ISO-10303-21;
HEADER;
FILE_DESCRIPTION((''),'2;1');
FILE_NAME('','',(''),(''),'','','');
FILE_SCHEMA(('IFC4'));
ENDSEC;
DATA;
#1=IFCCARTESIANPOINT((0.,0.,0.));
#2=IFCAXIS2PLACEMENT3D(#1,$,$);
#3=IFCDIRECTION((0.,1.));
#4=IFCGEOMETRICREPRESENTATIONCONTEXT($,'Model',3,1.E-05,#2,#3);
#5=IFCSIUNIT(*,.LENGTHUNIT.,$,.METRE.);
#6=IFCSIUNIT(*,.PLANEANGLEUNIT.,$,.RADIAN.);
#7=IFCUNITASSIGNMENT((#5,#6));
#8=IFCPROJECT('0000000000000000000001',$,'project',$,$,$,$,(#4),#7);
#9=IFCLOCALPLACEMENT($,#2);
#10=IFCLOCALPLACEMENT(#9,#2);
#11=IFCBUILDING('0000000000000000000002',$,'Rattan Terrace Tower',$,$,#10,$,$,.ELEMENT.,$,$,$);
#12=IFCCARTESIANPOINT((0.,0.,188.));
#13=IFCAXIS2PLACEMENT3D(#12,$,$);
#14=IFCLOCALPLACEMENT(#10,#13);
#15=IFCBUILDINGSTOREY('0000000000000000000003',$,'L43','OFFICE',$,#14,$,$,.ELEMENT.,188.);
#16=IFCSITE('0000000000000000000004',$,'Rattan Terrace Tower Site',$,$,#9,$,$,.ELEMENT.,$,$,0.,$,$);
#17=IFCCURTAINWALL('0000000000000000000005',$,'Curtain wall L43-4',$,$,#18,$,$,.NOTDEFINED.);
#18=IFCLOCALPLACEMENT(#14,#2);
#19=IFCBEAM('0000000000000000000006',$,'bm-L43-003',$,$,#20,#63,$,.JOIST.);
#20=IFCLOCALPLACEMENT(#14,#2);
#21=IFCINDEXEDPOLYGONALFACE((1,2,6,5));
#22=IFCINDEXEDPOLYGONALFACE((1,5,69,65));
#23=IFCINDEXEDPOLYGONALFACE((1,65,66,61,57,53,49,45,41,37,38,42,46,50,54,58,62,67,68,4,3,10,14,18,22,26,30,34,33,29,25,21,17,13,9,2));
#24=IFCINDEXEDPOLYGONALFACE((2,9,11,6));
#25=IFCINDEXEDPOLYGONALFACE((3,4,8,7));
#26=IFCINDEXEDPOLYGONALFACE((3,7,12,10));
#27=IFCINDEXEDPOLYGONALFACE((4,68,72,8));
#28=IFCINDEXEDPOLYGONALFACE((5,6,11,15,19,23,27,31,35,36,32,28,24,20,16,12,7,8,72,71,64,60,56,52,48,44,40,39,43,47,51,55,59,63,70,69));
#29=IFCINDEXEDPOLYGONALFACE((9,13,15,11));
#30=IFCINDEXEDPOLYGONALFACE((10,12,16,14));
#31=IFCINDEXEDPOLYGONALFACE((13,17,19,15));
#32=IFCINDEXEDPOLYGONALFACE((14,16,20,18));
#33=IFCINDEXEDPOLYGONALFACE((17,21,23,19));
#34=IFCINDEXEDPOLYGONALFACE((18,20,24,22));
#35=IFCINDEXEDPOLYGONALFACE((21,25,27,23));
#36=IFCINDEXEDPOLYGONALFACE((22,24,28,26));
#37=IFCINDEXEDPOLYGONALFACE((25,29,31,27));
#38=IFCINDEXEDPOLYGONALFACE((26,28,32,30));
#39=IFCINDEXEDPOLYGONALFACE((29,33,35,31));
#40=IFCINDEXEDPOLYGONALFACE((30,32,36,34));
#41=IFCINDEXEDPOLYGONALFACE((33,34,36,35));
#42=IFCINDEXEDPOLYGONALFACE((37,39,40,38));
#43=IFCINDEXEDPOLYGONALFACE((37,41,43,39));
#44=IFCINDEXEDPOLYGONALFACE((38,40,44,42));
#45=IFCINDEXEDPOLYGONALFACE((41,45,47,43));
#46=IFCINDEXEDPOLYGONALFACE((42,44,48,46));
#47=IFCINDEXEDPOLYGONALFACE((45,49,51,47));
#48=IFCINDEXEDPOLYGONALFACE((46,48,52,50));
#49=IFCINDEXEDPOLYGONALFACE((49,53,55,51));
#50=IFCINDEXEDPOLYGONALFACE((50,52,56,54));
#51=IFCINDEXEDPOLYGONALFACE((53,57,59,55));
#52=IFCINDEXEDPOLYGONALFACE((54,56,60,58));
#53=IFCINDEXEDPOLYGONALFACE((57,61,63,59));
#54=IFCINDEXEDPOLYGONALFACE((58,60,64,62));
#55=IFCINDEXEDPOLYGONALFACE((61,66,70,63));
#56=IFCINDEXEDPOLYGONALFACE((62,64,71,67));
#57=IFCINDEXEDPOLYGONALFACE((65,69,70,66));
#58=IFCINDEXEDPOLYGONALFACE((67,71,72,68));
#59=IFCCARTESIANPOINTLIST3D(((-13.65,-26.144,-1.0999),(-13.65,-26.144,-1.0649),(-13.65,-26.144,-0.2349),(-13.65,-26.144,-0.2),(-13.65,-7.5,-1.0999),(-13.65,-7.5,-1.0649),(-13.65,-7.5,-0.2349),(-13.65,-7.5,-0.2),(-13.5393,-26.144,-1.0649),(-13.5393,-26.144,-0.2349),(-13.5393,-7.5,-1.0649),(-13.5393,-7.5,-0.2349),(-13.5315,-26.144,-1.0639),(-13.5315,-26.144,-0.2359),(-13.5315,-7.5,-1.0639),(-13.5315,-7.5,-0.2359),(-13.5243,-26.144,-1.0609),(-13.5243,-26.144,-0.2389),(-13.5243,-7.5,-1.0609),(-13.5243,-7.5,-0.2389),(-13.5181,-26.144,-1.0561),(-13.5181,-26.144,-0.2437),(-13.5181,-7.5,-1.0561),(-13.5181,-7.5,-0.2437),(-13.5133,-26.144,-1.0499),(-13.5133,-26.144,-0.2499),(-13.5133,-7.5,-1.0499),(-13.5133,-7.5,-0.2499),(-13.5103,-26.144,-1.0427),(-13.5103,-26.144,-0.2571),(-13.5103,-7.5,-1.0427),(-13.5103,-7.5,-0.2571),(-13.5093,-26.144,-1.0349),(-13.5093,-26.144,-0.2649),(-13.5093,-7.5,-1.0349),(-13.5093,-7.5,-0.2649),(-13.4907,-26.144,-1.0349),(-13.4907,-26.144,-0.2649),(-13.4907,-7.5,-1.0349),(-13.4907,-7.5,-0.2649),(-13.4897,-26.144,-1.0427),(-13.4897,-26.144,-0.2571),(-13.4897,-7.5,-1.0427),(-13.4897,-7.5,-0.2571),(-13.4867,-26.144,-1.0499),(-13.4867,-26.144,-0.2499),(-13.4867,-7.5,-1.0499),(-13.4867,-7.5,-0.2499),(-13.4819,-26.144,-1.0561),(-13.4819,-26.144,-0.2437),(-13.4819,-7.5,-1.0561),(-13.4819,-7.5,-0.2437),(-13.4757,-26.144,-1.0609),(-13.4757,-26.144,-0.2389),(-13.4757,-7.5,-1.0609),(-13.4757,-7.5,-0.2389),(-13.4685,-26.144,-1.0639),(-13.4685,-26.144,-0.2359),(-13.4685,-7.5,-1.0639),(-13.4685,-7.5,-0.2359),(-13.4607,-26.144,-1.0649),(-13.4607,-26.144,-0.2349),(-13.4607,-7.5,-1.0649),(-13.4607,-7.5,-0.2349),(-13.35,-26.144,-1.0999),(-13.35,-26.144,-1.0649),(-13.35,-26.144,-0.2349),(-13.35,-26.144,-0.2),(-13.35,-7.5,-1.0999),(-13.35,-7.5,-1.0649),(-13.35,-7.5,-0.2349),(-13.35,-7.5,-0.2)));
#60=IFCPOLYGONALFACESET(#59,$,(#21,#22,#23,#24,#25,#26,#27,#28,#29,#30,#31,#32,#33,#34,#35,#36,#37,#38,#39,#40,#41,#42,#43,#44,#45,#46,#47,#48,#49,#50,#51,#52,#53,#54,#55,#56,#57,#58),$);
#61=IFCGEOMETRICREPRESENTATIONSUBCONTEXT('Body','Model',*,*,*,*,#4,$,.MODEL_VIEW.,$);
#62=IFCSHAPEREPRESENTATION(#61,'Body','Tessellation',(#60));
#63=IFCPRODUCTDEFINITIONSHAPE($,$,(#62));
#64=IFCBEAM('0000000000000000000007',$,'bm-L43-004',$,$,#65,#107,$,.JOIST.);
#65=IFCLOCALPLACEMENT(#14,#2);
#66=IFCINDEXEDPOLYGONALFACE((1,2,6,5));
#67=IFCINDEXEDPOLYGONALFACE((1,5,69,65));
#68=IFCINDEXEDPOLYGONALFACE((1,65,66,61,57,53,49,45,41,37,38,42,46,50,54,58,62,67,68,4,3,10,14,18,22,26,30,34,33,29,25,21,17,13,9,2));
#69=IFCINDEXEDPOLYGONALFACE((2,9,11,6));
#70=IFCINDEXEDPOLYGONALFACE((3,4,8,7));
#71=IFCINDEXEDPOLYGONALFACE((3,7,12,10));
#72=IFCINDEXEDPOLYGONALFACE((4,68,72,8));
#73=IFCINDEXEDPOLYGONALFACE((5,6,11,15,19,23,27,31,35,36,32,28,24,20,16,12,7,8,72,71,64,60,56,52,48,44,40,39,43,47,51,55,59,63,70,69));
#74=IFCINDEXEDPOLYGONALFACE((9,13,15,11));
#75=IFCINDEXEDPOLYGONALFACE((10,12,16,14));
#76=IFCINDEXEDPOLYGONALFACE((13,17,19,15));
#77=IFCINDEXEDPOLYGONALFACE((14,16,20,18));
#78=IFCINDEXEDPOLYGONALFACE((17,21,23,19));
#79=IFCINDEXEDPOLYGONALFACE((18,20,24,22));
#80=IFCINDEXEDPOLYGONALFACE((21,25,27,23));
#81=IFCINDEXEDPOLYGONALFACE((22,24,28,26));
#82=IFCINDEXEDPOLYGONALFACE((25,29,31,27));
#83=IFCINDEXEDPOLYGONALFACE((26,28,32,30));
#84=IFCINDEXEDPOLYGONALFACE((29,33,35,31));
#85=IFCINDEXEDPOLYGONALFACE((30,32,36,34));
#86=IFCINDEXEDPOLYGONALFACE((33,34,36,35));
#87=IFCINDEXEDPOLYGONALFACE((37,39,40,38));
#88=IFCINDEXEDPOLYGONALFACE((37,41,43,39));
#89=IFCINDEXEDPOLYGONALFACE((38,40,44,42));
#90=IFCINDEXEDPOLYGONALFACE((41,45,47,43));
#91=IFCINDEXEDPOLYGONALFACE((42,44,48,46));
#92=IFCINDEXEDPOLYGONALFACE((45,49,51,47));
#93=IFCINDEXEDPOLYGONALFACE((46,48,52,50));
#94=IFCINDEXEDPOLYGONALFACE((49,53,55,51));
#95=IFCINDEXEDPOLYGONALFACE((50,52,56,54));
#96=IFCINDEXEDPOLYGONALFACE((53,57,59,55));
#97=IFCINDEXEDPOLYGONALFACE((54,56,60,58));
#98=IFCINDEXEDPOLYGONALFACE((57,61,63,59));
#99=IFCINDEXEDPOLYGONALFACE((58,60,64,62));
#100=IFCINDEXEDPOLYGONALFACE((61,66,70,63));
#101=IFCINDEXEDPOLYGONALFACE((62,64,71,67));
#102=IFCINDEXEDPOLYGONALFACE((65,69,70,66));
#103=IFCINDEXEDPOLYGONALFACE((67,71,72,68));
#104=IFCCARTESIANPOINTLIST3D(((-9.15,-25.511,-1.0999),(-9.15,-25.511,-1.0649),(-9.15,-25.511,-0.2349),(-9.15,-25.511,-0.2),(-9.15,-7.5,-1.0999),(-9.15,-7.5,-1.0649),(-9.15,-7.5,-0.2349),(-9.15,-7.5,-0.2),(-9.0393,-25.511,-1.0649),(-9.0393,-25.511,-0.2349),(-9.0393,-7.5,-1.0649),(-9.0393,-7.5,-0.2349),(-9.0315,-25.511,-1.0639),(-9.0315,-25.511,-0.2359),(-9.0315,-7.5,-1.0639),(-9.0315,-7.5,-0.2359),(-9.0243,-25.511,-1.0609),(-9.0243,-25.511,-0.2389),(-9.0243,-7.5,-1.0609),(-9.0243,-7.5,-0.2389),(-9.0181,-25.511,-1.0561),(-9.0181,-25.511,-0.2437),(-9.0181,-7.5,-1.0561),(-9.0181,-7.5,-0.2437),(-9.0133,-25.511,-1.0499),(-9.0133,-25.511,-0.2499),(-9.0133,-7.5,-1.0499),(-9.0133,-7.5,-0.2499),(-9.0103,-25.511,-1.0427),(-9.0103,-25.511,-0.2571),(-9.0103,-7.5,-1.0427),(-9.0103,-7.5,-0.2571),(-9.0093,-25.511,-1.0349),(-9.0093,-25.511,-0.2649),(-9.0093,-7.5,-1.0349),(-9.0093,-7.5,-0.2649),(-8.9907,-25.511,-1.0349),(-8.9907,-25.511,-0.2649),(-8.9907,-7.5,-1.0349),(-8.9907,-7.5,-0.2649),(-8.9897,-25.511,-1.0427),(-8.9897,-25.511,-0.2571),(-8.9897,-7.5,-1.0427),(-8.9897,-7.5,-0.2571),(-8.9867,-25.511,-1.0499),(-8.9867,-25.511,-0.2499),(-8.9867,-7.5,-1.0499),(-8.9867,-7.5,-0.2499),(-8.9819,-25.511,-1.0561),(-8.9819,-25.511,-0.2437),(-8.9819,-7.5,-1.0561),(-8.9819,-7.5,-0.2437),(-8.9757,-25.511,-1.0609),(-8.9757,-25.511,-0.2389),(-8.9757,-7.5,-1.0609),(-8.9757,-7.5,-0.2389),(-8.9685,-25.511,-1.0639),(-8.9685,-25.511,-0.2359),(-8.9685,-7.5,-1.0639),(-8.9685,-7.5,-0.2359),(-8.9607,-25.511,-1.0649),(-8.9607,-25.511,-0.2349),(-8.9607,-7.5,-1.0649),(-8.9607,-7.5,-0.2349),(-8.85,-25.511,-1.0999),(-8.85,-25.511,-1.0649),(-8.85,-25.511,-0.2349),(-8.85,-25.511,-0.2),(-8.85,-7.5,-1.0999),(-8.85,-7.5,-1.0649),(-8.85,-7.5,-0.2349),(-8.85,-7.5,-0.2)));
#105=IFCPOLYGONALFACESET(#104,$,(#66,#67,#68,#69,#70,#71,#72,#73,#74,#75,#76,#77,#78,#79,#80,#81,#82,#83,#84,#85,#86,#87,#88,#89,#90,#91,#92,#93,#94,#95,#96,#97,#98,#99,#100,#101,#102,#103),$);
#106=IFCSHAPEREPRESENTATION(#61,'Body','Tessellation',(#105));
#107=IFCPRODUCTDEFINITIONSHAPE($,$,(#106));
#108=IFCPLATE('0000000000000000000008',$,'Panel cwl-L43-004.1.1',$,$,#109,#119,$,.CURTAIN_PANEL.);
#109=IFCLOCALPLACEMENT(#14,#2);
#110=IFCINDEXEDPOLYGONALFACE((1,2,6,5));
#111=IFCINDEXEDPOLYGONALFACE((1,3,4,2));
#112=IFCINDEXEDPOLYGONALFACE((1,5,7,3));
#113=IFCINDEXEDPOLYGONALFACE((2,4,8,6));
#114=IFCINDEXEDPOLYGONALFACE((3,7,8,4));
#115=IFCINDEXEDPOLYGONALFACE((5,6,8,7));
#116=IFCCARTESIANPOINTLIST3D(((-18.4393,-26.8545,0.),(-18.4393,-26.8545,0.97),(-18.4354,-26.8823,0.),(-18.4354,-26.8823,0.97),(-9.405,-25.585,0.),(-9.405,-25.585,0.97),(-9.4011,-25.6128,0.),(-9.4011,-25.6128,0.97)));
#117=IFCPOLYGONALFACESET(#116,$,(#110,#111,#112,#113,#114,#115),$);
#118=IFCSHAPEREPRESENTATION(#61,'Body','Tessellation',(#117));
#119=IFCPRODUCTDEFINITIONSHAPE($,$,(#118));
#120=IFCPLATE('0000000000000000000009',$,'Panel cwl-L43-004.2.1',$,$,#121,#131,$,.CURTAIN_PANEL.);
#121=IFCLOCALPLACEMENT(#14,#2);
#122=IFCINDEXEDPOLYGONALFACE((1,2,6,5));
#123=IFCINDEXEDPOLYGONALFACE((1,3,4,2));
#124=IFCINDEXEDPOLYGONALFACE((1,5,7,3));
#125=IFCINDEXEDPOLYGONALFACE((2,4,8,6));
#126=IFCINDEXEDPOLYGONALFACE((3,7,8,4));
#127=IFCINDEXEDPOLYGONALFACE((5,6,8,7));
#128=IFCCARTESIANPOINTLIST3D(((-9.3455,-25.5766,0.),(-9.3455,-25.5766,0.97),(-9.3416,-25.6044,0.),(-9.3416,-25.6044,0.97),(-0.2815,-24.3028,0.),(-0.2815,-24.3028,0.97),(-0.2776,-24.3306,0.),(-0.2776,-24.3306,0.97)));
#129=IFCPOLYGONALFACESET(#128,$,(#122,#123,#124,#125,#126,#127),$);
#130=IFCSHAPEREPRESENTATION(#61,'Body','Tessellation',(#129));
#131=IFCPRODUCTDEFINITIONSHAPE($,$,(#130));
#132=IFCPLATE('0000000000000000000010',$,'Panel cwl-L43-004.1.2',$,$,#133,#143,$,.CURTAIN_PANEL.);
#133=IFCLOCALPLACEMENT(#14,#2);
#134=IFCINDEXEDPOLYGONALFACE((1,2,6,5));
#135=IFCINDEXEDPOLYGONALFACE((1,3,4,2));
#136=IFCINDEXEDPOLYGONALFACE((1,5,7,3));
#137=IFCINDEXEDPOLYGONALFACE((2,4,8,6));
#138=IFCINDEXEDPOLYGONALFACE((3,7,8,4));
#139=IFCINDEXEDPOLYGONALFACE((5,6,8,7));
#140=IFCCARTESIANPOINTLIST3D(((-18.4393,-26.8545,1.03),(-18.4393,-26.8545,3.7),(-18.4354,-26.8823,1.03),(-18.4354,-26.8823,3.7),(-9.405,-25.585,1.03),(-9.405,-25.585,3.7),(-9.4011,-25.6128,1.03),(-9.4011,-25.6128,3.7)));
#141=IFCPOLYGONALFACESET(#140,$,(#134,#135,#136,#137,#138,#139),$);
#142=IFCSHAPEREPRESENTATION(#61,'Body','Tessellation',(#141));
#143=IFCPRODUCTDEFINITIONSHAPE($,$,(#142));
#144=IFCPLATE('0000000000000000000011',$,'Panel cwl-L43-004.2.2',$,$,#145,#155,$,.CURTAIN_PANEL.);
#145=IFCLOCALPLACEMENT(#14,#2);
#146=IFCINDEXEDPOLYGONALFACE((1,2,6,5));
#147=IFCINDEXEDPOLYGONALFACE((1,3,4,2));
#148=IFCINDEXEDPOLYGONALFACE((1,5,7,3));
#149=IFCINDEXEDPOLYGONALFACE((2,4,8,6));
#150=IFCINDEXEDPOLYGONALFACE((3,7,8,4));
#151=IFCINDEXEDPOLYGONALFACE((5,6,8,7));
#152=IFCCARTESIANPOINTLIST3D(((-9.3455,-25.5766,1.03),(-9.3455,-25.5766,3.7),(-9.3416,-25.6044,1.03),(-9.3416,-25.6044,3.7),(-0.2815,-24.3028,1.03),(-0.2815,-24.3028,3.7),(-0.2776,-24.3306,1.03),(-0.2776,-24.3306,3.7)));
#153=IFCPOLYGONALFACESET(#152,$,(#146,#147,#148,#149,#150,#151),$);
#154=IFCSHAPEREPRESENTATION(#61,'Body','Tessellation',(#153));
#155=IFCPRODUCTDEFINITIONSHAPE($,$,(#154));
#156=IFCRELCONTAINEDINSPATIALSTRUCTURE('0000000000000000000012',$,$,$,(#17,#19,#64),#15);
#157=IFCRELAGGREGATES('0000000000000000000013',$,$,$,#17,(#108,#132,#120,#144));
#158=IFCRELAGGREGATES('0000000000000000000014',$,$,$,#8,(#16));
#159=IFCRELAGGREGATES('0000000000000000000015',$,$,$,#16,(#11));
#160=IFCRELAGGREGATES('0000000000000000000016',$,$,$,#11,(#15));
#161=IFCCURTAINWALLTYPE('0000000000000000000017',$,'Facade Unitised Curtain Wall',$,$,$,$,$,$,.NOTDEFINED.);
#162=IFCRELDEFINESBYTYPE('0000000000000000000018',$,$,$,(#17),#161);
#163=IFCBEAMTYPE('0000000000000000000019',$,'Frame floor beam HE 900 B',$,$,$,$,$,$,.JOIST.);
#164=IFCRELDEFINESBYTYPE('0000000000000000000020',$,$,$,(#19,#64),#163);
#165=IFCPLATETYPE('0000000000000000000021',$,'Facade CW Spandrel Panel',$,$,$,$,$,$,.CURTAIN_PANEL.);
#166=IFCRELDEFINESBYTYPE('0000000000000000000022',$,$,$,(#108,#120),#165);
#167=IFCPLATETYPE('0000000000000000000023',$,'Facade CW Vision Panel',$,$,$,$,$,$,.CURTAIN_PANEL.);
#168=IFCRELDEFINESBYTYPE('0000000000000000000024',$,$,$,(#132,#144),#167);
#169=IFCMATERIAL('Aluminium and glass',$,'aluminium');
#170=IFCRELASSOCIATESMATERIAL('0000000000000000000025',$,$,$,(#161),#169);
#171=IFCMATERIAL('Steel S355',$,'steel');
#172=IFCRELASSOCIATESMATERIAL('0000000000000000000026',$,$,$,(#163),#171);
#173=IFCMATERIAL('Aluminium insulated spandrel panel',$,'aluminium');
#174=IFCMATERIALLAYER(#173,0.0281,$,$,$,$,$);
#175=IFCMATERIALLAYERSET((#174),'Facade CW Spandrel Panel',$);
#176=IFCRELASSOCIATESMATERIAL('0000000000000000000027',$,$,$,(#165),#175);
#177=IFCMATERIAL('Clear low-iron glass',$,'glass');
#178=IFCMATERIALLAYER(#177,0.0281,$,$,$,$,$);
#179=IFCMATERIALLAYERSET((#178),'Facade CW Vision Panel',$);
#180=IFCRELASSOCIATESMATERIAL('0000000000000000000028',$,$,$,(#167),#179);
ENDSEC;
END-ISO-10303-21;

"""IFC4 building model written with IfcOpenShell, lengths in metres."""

from ifc_helpers import new_model, si_unit, direction, frame, origin, origin_2d, place, context, subcontext, project, spatial, rectangle, i_section, extrude, material, layer, layer_set, material_profile, profile_set, type_object, element, aggregate, save


model = new_model("IFC4")

# Units and contexts
model_context = context("Model", 3, precision=1e-05, world=origin(), true_north=direction((0.0, 1.0)))
body_context = subcontext(model_context, "Body", "Model", "MODEL_VIEW")
ifc_project = project(units=[si_unit("LENGTHUNIT", "METRE"), si_unit("PLANEANGLEUNIT", "RADIAN")], contexts=[model_context])

# Site, building, storey
site_placement = place(None, origin())
site = spatial("IfcSite", under=ifc_project, at=site_placement, Name="Rattan Terrace Tower Site", CompositionType="ELEMENT", RefElevation=0.0)
building_placement = place(site_placement, origin())
building = spatial("IfcBuilding", under=site, at=building_placement, Name="Rattan Terrace Tower", CompositionType="ELEMENT")
storey_placement = place(building_placement, frame((0.0, 0.0, 188.0)))
storey = spatial("IfcBuildingStorey", under=building, at=storey_placement, Name="L43", Description="OFFICE", CompositionType="ELEMENT", Elevation=188.0)

# Curtain wall
ifc_material_1 = material(Name="Aluminium and glass", Category="aluminium")
curtain_wall_type = type_object("IfcCurtainWallType", Name="Facade Unitised Curtain Wall", PredefinedType="NOTDEFINED", material=ifc_material_1)
curtain_wall_placement = place(storey_placement, origin())
curtain_wall = element("IfcCurtainWall", 1, at=curtain_wall_placement, inside=storey, type_object=curtain_wall_type, Name="Curtain wall L43-4", PredefinedType="NOTDEFINED")

# Beams
ifc_material_2 = material(Name="Steel S355", Category="steel")
ifc_material_profile_1 = material_profile(ifc_material_2, i_section(OverallWidth=0.3, OverallDepth=0.8999, WebThickness=0.0186, FlangeThickness=0.0349, FilletRadius=0.03, at=origin_2d()), Name="HE 900 B")
ifc_profile_set_1 = profile_set([ifc_material_profile_1], Name="Steel S355")
beam_type_1 = type_object("IfcBeamType", Name="Frame floor beam HE 900 B", PredefinedType="JOIST", material=ifc_profile_set_1)
beam_1_placement = place(storey_placement, frame((-13.5, -26.144, -0.6499), z_axis=(0.0, 1.0, 0.0), x_axis=(-1.0, 0.0, 0.0)))
element("IfcBeam", 2, at=beam_1_placement, inside=storey, type_object=beam_type_1, Name="bm-L43-003", PredefinedType="JOIST", context=body_context, shape_type="SweptSolid", body=[
    extrude(i_section(OverallWidth=0.3, OverallDepth=0.8999, WebThickness=0.0186, FlangeThickness=0.0349, FilletRadius=0.03, at=origin_2d()), origin(), (0.0, 0.0, 1.0), 18.644),
])
beam_2_placement = place(storey_placement, frame((-9.0, -25.511, -0.6499), z_axis=(0.0, 1.0, 0.0), x_axis=(-1.0, 0.0, 0.0)))
element("IfcBeam", 3, at=beam_2_placement, inside=storey, type_object=beam_type_1, Name="bm-L43-004", PredefinedType="JOIST", context=body_context, shape_type="SweptSolid", body=[
    extrude(i_section(OverallWidth=0.3, OverallDepth=0.8999, WebThickness=0.0186, FlangeThickness=0.0349, FilletRadius=0.03, at=origin_2d()), origin(), (0.0, 0.0, 1.0), 18.011),
])

# Plates
ifc_material_3 = material(Name="Aluminium insulated spandrel panel", Category="aluminium")
ifc_layer_1 = layer(ifc_material_3, 0.0281)
ifc_layer_set_1 = layer_set([ifc_layer_1], Name="Facade CW Spandrel Panel")
plate_type_1 = type_object("IfcPlateType", Name="Facade CW Spandrel Panel", PredefinedType="CURTAIN_PANEL", material=ifc_layer_set_1)
plate_1_placement = place(storey_placement, frame((-13.9202, -26.2336, 0.0), z_axis=(0.0, 0.0, 1.0), x_axis=(0.99027, 0.139161, 0.0)))
plate_1 = element("IfcPlate", 4, at=plate_1_placement, type_object=plate_type_1, Name="Panel cwl-L43-004.1.1", PredefinedType="CURTAIN_PANEL", context=body_context, shape_type="SweptSolid", body=[
    extrude(rectangle(XDim=9.123, YDim=0.0281, at=origin_2d()), origin(), (0.0, 0.0, 1.0), 0.97),
])
plate_2_placement = place(storey_placement, frame((-4.8115, -24.9536, 0.0), z_axis=(0.0, 0.0, 1.0), x_axis=(0.99027, 0.139161, 0.0)))
plate_2 = element("IfcPlate", 5, at=plate_2_placement, type_object=plate_type_1, Name="Panel cwl-L43-004.2.1", PredefinedType="CURTAIN_PANEL", context=body_context, shape_type="SweptSolid", body=[
    extrude(rectangle(XDim=9.1531, YDim=0.0281, at=origin_2d()), origin(), (0.0, 0.0, 1.0), 0.97),
])
ifc_material_4 = material(Name="Clear low-iron glass", Category="glass")
ifc_layer_2 = layer(ifc_material_4, 0.0281)
ifc_layer_set_2 = layer_set([ifc_layer_2], Name="Facade CW Vision Panel")
plate_type_2 = type_object("IfcPlateType", Name="Facade CW Vision Panel", PredefinedType="CURTAIN_PANEL", material=ifc_layer_set_2)
plate_3_placement = place(storey_placement, frame((-13.9202, -26.2336, 1.03), z_axis=(0.0, 0.0, 1.0), x_axis=(0.99027, 0.139161, 0.0)))
plate_3 = element("IfcPlate", 6, at=plate_3_placement, type_object=plate_type_2, Name="Panel cwl-L43-004.1.2", PredefinedType="CURTAIN_PANEL", context=body_context, shape_type="SweptSolid", body=[
    extrude(rectangle(XDim=9.123, YDim=0.0281, at=origin_2d()), origin(), (0.0, 0.0, 1.0), 2.6699),
])
plate_4_placement = place(storey_placement, frame((-4.8115, -24.9536, 1.03), z_axis=(0.0, 0.0, 1.0), x_axis=(0.99027, 0.139161, 0.0)))
plate_4 = element("IfcPlate", 7, at=plate_4_placement, type_object=plate_type_2, Name="Panel cwl-L43-004.2.2", PredefinedType="CURTAIN_PANEL", context=body_context, shape_type="SweptSolid", body=[
    extrude(rectangle(XDim=9.1531, YDim=0.0281, at=origin_2d()), origin(), (0.0, 0.0, 1.0), 2.6699),
])
aggregate(curtain_wall, [plate_1, plate_3, plate_2, plate_4])

save(model, "model.ifc")
